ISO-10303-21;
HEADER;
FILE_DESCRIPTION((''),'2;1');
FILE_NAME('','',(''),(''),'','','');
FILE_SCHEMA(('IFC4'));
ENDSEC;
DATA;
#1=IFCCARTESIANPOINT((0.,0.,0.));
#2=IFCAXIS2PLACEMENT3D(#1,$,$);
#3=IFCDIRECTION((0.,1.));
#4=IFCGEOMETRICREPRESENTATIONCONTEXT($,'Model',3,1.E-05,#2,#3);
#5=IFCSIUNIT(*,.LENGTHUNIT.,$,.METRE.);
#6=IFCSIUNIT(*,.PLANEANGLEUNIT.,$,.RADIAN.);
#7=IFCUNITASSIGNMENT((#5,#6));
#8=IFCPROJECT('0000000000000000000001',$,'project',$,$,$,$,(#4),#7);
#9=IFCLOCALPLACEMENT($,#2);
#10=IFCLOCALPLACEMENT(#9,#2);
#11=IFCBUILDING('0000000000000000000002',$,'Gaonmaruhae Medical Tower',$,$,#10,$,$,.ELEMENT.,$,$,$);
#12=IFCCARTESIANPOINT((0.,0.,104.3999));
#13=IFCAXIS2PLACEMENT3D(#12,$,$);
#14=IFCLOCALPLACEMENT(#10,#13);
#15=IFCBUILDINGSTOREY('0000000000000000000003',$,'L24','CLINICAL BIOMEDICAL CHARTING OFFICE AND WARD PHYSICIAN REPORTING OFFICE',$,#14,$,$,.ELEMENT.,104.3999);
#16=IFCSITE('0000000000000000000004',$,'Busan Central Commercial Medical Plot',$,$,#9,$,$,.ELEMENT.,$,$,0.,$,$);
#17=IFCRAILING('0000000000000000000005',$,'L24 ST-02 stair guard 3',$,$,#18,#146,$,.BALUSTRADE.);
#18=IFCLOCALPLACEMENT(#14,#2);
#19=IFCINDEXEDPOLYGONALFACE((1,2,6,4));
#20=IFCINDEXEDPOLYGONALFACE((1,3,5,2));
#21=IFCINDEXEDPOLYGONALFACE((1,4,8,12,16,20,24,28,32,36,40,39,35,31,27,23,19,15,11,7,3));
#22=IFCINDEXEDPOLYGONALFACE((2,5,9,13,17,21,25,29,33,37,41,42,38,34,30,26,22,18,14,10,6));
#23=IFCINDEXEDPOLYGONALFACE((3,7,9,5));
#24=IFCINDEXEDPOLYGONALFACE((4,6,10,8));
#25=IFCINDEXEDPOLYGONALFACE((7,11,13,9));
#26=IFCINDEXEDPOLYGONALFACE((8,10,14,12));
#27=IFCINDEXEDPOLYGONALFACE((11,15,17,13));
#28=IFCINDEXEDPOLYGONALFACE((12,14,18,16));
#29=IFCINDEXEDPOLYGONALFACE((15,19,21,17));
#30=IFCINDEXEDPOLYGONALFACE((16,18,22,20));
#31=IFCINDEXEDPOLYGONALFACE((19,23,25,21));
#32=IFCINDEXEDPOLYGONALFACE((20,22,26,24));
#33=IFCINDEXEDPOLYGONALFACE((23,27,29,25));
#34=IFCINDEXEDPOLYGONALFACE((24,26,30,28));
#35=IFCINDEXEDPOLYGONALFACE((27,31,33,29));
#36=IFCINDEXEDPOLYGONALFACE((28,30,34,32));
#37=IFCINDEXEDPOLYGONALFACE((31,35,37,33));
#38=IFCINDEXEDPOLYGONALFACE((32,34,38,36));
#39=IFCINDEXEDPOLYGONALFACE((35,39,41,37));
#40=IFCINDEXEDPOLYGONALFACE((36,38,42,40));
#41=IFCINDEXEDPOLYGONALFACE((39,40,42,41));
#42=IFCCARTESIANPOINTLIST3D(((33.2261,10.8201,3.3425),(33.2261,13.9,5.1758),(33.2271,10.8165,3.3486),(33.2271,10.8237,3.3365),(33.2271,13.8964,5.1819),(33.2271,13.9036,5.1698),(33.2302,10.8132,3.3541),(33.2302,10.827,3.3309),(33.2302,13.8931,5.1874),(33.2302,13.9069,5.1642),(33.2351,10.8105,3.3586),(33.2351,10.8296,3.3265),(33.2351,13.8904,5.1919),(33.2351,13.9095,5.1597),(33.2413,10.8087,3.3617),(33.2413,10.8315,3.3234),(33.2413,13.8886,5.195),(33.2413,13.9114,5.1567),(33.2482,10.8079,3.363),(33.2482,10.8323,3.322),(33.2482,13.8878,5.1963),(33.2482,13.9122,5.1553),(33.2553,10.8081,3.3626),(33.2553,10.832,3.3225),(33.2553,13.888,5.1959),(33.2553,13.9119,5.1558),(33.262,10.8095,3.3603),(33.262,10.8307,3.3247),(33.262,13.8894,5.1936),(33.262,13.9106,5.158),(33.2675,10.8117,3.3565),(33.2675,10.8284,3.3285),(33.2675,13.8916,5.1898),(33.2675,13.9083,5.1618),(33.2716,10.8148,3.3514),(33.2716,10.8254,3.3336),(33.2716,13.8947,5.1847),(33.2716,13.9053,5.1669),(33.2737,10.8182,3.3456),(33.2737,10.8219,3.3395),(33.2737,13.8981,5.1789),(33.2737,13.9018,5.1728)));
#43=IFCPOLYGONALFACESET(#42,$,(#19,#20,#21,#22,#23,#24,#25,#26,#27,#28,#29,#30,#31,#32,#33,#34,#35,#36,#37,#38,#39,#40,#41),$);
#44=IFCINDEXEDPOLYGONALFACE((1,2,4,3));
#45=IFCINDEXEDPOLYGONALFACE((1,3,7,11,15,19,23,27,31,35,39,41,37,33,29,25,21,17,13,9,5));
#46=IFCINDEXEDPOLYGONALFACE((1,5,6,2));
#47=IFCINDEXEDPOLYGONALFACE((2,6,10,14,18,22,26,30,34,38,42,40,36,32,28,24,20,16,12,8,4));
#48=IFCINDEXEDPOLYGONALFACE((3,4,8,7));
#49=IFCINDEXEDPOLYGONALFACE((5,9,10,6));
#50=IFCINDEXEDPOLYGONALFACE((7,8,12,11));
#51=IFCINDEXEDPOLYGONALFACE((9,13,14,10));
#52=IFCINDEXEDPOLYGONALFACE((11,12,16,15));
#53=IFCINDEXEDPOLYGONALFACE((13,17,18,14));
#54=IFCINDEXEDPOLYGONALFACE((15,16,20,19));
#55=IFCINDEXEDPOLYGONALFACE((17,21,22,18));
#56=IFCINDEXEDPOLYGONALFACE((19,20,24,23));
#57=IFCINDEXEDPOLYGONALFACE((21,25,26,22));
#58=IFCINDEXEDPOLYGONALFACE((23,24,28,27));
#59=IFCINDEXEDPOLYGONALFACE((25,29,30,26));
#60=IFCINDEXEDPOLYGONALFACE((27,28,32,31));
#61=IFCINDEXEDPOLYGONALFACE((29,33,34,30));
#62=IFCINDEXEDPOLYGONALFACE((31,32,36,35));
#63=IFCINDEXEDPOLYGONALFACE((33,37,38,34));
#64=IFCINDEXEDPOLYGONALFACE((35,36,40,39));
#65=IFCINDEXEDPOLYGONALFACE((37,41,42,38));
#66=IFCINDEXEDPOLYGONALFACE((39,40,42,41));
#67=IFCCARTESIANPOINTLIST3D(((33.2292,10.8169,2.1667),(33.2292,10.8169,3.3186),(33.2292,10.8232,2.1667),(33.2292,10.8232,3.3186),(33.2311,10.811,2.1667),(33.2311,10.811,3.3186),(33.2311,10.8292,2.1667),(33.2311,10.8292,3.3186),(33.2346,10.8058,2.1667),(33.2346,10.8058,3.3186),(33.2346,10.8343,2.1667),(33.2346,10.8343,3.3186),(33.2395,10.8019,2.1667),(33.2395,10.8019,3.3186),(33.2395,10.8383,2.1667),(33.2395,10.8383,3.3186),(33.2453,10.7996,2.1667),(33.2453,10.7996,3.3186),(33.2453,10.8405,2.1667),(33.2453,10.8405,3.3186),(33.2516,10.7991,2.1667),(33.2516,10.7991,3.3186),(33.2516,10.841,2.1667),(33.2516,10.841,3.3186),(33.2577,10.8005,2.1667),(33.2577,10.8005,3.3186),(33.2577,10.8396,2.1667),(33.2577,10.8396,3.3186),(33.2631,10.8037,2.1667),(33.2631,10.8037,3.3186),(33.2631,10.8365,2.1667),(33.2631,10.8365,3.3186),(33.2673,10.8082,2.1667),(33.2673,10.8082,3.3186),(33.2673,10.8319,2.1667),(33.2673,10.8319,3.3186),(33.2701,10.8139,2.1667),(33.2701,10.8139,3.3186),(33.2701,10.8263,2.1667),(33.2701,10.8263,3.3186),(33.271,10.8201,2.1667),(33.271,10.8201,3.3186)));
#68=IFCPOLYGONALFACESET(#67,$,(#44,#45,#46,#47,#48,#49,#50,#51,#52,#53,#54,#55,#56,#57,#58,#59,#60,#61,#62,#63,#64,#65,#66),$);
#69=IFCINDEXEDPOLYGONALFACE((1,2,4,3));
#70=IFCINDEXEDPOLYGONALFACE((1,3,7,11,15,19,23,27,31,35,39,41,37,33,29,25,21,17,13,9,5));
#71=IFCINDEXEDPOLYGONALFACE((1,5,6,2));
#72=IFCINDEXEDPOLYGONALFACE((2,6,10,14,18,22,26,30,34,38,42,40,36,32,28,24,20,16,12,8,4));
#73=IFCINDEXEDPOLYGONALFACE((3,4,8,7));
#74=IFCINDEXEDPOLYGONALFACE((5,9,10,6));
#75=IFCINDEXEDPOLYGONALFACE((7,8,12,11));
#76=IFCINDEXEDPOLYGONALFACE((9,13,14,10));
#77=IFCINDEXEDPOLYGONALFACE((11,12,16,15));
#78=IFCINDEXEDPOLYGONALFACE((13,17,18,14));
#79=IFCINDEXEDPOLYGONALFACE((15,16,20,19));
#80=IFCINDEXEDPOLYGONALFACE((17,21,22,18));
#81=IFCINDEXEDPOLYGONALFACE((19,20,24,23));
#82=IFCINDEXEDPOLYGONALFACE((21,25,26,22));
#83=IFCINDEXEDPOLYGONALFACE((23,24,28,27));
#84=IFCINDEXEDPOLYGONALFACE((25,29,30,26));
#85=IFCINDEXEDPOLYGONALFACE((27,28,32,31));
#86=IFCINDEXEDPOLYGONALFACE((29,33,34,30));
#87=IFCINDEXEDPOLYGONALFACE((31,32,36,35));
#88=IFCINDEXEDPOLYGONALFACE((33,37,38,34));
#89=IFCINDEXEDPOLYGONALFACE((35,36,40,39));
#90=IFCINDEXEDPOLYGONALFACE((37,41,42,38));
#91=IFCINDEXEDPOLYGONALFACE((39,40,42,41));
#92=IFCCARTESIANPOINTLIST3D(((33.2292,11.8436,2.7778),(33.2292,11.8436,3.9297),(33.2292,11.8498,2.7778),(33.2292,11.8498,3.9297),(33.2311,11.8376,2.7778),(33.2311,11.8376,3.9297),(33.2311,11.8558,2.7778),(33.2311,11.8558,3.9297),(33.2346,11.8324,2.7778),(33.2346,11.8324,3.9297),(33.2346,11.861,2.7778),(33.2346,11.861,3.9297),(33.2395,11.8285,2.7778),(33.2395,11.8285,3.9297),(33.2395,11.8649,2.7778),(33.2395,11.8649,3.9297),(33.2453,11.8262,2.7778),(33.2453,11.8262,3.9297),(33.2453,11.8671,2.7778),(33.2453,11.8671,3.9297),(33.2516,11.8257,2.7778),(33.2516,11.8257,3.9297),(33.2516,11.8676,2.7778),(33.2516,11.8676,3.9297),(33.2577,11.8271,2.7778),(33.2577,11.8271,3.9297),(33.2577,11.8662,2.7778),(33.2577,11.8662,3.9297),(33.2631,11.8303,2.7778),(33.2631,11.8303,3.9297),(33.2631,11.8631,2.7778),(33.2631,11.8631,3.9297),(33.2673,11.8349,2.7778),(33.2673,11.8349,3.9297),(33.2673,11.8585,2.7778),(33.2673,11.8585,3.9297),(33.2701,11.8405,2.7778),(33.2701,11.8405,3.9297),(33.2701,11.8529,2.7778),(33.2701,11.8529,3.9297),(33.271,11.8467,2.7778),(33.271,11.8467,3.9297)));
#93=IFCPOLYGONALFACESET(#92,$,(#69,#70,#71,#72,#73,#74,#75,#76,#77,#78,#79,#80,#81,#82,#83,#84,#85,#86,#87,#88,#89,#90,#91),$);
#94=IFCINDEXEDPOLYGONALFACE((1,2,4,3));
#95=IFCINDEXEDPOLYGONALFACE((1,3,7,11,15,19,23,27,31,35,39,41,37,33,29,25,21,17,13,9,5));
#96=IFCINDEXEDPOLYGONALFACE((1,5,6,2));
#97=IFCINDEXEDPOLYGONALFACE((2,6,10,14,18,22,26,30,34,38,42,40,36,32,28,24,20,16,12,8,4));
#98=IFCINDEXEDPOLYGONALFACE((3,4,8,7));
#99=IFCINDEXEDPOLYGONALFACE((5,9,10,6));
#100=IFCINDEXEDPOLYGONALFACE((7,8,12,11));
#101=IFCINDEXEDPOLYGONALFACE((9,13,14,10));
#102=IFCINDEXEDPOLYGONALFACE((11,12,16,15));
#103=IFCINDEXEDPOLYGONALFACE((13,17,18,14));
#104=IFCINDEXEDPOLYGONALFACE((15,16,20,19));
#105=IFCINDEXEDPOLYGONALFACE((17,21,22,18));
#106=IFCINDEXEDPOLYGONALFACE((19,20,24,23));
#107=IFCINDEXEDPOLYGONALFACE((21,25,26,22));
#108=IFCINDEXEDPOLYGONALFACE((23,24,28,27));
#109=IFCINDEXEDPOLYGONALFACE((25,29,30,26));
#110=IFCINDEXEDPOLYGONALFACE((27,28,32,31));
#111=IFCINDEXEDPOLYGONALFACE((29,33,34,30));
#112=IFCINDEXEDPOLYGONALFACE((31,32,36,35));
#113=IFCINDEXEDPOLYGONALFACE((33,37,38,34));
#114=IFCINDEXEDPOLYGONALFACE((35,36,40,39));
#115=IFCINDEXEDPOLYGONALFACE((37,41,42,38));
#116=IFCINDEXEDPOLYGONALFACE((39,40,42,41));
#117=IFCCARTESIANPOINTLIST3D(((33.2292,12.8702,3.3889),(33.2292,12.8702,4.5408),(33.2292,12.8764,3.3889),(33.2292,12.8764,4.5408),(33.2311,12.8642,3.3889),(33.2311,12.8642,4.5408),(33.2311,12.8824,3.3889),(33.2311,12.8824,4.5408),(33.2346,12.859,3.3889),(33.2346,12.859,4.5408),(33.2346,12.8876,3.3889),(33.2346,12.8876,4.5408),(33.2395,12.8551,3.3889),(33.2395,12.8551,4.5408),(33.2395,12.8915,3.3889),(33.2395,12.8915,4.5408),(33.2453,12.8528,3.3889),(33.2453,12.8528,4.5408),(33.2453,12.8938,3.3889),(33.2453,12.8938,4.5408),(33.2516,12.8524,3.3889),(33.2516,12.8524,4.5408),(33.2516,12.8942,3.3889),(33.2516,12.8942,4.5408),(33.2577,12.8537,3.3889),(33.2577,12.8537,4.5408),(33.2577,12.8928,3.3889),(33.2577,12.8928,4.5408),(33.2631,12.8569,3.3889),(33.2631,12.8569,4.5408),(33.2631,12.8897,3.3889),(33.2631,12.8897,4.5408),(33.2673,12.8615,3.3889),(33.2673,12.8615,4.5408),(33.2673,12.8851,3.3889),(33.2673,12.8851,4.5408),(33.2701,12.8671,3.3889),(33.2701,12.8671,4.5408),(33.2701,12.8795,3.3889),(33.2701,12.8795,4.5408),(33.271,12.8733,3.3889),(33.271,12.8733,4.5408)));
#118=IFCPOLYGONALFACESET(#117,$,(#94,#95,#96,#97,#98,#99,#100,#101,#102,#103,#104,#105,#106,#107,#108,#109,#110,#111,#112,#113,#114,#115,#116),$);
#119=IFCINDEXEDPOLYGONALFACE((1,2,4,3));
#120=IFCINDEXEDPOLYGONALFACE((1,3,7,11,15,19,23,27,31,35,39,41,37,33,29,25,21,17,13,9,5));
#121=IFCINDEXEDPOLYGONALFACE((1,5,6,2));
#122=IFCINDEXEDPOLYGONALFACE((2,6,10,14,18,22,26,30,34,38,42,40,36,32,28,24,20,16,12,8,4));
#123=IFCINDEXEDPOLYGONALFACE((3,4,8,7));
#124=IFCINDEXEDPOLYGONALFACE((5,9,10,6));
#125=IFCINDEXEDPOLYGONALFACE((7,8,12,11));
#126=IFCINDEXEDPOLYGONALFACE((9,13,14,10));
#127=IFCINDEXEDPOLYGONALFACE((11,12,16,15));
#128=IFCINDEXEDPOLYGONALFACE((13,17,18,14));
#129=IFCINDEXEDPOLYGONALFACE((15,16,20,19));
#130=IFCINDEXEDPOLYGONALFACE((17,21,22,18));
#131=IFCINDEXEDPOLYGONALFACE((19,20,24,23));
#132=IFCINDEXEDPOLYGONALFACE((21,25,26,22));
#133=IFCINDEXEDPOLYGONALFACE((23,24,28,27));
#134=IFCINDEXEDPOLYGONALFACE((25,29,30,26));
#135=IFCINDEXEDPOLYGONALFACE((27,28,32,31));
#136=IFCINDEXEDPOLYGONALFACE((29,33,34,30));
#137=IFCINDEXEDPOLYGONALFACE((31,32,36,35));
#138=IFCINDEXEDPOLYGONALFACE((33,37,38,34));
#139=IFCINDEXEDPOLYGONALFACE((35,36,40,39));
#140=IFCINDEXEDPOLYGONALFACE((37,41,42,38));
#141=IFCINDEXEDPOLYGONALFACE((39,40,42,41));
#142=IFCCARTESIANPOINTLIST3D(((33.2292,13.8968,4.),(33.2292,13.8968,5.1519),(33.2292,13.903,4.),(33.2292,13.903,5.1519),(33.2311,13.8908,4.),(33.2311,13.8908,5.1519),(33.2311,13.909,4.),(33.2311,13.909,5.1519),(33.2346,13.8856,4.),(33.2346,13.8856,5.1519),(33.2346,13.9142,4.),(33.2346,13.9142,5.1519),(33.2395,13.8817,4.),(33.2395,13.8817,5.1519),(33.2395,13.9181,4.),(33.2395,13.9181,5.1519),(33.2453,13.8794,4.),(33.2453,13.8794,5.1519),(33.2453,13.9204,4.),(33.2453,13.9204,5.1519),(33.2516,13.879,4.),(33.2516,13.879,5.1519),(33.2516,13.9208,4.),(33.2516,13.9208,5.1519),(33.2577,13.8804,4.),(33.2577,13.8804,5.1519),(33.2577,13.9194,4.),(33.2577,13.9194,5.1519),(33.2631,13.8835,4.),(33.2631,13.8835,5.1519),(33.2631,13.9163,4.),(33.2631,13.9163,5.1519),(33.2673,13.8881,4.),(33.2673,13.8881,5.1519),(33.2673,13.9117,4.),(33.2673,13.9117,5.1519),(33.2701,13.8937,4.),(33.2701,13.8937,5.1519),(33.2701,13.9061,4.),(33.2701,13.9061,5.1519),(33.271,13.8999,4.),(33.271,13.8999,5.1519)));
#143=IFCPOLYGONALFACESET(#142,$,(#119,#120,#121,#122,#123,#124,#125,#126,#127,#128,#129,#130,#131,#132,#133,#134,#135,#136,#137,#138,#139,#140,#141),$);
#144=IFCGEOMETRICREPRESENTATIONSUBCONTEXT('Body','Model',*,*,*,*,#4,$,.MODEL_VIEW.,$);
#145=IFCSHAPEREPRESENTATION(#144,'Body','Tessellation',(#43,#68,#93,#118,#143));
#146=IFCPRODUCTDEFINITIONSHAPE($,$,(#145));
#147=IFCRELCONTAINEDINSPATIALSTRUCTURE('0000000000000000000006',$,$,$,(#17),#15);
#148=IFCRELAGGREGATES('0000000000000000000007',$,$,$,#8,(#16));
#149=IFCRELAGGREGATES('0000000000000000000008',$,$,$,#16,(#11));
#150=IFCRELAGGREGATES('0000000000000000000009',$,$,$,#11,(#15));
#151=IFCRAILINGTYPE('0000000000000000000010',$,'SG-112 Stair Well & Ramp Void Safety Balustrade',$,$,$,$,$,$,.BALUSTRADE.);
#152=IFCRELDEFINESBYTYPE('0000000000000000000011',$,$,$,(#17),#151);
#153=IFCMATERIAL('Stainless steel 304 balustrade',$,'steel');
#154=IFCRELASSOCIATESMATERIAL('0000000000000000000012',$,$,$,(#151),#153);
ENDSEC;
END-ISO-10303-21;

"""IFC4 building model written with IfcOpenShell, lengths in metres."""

from ifc_helpers import new_model, si_unit, direction, frame, origin, origin_2d, place, context, subcontext, project, spatial, circle, extrude, material, type_object, element, save


model = new_model("IFC4")

# Units and contexts
model_context = context("Model", 3, precision=1e-05, world=origin(), true_north=direction((0.0, 1.0)))
body_context = subcontext(model_context, "Body", "Model", "MODEL_VIEW")
ifc_project = project(units=[si_unit("LENGTHUNIT", "METRE"), si_unit("PLANEANGLEUNIT", "RADIAN")], contexts=[model_context])

# Site, building, storey
site_placement = place(None, origin())
site = spatial("IfcSite", under=ifc_project, at=site_placement, Name="Busan Central Commercial Medical Plot", CompositionType="ELEMENT", RefElevation=0.0)
building_placement = place(site_placement, origin())
building = spatial("IfcBuilding", under=site, at=building_placement, Name="Gaonmaruhae Medical Tower", CompositionType="ELEMENT")
storey_placement = place(building_placement, frame((0.0, 0.0, 104.3999)))
storey = spatial("IfcBuildingStorey", under=building, at=storey_placement, Name="L24", Description="CLINICAL BIOMEDICAL CHARTING OFFICE AND WARD PHYSICIAN REPORTING OFFICE", CompositionType="ELEMENT", Elevation=104.3999)

# Railing
ifc_material_1 = material(Name="Stainless steel 304 balustrade", Category="steel")
railing_type_1 = type_object("IfcRailingType", Name="SG-112 Stair Well & Ramp Void Safety Balustrade", PredefinedType="BALUSTRADE", material=ifc_material_1)
railing_1_placement = place(storey_placement, frame((33.25, 10.8201, 2.1667)))
element("IfcRailing", 1, at=railing_1_placement, inside=storey, type_object=railing_type_1, Name="L24 ST-02 stair guard 3", PredefinedType="BALUSTRADE", context=body_context, shape_type="SweptSolid", body=[
    extrude(circle(Radius=0.0239, at=origin_2d()), frame((0.0, 0.0, 1.1758), z_axis=(0.0, 0.859291, 0.511487), x_axis=(-1.0, 0.0, 0.0)), (0.0, 0.0, 1.0), 3.5842),
    extrude(circle(Radius=0.021, at=origin_2d()), origin(), (0.0, 0.0, 1.0), 1.1519),
    extrude(circle(Radius=0.021, at=origin_2d()), frame((0.0, 1.0266, 0.6111)), (0.0, 0.0, 1.0), 1.1519),
    extrude(circle(Radius=0.021, at=origin_2d()), frame((0.0, 2.0532, 1.2222)), (0.0, 0.0, 1.0), 1.1519),
    extrude(circle(Radius=0.021, at=origin_2d()), frame((0.0, 3.0798, 1.8333)), (0.0, 0.0, 1.0), 1.1519),
])

save(model, "model.ifc")
